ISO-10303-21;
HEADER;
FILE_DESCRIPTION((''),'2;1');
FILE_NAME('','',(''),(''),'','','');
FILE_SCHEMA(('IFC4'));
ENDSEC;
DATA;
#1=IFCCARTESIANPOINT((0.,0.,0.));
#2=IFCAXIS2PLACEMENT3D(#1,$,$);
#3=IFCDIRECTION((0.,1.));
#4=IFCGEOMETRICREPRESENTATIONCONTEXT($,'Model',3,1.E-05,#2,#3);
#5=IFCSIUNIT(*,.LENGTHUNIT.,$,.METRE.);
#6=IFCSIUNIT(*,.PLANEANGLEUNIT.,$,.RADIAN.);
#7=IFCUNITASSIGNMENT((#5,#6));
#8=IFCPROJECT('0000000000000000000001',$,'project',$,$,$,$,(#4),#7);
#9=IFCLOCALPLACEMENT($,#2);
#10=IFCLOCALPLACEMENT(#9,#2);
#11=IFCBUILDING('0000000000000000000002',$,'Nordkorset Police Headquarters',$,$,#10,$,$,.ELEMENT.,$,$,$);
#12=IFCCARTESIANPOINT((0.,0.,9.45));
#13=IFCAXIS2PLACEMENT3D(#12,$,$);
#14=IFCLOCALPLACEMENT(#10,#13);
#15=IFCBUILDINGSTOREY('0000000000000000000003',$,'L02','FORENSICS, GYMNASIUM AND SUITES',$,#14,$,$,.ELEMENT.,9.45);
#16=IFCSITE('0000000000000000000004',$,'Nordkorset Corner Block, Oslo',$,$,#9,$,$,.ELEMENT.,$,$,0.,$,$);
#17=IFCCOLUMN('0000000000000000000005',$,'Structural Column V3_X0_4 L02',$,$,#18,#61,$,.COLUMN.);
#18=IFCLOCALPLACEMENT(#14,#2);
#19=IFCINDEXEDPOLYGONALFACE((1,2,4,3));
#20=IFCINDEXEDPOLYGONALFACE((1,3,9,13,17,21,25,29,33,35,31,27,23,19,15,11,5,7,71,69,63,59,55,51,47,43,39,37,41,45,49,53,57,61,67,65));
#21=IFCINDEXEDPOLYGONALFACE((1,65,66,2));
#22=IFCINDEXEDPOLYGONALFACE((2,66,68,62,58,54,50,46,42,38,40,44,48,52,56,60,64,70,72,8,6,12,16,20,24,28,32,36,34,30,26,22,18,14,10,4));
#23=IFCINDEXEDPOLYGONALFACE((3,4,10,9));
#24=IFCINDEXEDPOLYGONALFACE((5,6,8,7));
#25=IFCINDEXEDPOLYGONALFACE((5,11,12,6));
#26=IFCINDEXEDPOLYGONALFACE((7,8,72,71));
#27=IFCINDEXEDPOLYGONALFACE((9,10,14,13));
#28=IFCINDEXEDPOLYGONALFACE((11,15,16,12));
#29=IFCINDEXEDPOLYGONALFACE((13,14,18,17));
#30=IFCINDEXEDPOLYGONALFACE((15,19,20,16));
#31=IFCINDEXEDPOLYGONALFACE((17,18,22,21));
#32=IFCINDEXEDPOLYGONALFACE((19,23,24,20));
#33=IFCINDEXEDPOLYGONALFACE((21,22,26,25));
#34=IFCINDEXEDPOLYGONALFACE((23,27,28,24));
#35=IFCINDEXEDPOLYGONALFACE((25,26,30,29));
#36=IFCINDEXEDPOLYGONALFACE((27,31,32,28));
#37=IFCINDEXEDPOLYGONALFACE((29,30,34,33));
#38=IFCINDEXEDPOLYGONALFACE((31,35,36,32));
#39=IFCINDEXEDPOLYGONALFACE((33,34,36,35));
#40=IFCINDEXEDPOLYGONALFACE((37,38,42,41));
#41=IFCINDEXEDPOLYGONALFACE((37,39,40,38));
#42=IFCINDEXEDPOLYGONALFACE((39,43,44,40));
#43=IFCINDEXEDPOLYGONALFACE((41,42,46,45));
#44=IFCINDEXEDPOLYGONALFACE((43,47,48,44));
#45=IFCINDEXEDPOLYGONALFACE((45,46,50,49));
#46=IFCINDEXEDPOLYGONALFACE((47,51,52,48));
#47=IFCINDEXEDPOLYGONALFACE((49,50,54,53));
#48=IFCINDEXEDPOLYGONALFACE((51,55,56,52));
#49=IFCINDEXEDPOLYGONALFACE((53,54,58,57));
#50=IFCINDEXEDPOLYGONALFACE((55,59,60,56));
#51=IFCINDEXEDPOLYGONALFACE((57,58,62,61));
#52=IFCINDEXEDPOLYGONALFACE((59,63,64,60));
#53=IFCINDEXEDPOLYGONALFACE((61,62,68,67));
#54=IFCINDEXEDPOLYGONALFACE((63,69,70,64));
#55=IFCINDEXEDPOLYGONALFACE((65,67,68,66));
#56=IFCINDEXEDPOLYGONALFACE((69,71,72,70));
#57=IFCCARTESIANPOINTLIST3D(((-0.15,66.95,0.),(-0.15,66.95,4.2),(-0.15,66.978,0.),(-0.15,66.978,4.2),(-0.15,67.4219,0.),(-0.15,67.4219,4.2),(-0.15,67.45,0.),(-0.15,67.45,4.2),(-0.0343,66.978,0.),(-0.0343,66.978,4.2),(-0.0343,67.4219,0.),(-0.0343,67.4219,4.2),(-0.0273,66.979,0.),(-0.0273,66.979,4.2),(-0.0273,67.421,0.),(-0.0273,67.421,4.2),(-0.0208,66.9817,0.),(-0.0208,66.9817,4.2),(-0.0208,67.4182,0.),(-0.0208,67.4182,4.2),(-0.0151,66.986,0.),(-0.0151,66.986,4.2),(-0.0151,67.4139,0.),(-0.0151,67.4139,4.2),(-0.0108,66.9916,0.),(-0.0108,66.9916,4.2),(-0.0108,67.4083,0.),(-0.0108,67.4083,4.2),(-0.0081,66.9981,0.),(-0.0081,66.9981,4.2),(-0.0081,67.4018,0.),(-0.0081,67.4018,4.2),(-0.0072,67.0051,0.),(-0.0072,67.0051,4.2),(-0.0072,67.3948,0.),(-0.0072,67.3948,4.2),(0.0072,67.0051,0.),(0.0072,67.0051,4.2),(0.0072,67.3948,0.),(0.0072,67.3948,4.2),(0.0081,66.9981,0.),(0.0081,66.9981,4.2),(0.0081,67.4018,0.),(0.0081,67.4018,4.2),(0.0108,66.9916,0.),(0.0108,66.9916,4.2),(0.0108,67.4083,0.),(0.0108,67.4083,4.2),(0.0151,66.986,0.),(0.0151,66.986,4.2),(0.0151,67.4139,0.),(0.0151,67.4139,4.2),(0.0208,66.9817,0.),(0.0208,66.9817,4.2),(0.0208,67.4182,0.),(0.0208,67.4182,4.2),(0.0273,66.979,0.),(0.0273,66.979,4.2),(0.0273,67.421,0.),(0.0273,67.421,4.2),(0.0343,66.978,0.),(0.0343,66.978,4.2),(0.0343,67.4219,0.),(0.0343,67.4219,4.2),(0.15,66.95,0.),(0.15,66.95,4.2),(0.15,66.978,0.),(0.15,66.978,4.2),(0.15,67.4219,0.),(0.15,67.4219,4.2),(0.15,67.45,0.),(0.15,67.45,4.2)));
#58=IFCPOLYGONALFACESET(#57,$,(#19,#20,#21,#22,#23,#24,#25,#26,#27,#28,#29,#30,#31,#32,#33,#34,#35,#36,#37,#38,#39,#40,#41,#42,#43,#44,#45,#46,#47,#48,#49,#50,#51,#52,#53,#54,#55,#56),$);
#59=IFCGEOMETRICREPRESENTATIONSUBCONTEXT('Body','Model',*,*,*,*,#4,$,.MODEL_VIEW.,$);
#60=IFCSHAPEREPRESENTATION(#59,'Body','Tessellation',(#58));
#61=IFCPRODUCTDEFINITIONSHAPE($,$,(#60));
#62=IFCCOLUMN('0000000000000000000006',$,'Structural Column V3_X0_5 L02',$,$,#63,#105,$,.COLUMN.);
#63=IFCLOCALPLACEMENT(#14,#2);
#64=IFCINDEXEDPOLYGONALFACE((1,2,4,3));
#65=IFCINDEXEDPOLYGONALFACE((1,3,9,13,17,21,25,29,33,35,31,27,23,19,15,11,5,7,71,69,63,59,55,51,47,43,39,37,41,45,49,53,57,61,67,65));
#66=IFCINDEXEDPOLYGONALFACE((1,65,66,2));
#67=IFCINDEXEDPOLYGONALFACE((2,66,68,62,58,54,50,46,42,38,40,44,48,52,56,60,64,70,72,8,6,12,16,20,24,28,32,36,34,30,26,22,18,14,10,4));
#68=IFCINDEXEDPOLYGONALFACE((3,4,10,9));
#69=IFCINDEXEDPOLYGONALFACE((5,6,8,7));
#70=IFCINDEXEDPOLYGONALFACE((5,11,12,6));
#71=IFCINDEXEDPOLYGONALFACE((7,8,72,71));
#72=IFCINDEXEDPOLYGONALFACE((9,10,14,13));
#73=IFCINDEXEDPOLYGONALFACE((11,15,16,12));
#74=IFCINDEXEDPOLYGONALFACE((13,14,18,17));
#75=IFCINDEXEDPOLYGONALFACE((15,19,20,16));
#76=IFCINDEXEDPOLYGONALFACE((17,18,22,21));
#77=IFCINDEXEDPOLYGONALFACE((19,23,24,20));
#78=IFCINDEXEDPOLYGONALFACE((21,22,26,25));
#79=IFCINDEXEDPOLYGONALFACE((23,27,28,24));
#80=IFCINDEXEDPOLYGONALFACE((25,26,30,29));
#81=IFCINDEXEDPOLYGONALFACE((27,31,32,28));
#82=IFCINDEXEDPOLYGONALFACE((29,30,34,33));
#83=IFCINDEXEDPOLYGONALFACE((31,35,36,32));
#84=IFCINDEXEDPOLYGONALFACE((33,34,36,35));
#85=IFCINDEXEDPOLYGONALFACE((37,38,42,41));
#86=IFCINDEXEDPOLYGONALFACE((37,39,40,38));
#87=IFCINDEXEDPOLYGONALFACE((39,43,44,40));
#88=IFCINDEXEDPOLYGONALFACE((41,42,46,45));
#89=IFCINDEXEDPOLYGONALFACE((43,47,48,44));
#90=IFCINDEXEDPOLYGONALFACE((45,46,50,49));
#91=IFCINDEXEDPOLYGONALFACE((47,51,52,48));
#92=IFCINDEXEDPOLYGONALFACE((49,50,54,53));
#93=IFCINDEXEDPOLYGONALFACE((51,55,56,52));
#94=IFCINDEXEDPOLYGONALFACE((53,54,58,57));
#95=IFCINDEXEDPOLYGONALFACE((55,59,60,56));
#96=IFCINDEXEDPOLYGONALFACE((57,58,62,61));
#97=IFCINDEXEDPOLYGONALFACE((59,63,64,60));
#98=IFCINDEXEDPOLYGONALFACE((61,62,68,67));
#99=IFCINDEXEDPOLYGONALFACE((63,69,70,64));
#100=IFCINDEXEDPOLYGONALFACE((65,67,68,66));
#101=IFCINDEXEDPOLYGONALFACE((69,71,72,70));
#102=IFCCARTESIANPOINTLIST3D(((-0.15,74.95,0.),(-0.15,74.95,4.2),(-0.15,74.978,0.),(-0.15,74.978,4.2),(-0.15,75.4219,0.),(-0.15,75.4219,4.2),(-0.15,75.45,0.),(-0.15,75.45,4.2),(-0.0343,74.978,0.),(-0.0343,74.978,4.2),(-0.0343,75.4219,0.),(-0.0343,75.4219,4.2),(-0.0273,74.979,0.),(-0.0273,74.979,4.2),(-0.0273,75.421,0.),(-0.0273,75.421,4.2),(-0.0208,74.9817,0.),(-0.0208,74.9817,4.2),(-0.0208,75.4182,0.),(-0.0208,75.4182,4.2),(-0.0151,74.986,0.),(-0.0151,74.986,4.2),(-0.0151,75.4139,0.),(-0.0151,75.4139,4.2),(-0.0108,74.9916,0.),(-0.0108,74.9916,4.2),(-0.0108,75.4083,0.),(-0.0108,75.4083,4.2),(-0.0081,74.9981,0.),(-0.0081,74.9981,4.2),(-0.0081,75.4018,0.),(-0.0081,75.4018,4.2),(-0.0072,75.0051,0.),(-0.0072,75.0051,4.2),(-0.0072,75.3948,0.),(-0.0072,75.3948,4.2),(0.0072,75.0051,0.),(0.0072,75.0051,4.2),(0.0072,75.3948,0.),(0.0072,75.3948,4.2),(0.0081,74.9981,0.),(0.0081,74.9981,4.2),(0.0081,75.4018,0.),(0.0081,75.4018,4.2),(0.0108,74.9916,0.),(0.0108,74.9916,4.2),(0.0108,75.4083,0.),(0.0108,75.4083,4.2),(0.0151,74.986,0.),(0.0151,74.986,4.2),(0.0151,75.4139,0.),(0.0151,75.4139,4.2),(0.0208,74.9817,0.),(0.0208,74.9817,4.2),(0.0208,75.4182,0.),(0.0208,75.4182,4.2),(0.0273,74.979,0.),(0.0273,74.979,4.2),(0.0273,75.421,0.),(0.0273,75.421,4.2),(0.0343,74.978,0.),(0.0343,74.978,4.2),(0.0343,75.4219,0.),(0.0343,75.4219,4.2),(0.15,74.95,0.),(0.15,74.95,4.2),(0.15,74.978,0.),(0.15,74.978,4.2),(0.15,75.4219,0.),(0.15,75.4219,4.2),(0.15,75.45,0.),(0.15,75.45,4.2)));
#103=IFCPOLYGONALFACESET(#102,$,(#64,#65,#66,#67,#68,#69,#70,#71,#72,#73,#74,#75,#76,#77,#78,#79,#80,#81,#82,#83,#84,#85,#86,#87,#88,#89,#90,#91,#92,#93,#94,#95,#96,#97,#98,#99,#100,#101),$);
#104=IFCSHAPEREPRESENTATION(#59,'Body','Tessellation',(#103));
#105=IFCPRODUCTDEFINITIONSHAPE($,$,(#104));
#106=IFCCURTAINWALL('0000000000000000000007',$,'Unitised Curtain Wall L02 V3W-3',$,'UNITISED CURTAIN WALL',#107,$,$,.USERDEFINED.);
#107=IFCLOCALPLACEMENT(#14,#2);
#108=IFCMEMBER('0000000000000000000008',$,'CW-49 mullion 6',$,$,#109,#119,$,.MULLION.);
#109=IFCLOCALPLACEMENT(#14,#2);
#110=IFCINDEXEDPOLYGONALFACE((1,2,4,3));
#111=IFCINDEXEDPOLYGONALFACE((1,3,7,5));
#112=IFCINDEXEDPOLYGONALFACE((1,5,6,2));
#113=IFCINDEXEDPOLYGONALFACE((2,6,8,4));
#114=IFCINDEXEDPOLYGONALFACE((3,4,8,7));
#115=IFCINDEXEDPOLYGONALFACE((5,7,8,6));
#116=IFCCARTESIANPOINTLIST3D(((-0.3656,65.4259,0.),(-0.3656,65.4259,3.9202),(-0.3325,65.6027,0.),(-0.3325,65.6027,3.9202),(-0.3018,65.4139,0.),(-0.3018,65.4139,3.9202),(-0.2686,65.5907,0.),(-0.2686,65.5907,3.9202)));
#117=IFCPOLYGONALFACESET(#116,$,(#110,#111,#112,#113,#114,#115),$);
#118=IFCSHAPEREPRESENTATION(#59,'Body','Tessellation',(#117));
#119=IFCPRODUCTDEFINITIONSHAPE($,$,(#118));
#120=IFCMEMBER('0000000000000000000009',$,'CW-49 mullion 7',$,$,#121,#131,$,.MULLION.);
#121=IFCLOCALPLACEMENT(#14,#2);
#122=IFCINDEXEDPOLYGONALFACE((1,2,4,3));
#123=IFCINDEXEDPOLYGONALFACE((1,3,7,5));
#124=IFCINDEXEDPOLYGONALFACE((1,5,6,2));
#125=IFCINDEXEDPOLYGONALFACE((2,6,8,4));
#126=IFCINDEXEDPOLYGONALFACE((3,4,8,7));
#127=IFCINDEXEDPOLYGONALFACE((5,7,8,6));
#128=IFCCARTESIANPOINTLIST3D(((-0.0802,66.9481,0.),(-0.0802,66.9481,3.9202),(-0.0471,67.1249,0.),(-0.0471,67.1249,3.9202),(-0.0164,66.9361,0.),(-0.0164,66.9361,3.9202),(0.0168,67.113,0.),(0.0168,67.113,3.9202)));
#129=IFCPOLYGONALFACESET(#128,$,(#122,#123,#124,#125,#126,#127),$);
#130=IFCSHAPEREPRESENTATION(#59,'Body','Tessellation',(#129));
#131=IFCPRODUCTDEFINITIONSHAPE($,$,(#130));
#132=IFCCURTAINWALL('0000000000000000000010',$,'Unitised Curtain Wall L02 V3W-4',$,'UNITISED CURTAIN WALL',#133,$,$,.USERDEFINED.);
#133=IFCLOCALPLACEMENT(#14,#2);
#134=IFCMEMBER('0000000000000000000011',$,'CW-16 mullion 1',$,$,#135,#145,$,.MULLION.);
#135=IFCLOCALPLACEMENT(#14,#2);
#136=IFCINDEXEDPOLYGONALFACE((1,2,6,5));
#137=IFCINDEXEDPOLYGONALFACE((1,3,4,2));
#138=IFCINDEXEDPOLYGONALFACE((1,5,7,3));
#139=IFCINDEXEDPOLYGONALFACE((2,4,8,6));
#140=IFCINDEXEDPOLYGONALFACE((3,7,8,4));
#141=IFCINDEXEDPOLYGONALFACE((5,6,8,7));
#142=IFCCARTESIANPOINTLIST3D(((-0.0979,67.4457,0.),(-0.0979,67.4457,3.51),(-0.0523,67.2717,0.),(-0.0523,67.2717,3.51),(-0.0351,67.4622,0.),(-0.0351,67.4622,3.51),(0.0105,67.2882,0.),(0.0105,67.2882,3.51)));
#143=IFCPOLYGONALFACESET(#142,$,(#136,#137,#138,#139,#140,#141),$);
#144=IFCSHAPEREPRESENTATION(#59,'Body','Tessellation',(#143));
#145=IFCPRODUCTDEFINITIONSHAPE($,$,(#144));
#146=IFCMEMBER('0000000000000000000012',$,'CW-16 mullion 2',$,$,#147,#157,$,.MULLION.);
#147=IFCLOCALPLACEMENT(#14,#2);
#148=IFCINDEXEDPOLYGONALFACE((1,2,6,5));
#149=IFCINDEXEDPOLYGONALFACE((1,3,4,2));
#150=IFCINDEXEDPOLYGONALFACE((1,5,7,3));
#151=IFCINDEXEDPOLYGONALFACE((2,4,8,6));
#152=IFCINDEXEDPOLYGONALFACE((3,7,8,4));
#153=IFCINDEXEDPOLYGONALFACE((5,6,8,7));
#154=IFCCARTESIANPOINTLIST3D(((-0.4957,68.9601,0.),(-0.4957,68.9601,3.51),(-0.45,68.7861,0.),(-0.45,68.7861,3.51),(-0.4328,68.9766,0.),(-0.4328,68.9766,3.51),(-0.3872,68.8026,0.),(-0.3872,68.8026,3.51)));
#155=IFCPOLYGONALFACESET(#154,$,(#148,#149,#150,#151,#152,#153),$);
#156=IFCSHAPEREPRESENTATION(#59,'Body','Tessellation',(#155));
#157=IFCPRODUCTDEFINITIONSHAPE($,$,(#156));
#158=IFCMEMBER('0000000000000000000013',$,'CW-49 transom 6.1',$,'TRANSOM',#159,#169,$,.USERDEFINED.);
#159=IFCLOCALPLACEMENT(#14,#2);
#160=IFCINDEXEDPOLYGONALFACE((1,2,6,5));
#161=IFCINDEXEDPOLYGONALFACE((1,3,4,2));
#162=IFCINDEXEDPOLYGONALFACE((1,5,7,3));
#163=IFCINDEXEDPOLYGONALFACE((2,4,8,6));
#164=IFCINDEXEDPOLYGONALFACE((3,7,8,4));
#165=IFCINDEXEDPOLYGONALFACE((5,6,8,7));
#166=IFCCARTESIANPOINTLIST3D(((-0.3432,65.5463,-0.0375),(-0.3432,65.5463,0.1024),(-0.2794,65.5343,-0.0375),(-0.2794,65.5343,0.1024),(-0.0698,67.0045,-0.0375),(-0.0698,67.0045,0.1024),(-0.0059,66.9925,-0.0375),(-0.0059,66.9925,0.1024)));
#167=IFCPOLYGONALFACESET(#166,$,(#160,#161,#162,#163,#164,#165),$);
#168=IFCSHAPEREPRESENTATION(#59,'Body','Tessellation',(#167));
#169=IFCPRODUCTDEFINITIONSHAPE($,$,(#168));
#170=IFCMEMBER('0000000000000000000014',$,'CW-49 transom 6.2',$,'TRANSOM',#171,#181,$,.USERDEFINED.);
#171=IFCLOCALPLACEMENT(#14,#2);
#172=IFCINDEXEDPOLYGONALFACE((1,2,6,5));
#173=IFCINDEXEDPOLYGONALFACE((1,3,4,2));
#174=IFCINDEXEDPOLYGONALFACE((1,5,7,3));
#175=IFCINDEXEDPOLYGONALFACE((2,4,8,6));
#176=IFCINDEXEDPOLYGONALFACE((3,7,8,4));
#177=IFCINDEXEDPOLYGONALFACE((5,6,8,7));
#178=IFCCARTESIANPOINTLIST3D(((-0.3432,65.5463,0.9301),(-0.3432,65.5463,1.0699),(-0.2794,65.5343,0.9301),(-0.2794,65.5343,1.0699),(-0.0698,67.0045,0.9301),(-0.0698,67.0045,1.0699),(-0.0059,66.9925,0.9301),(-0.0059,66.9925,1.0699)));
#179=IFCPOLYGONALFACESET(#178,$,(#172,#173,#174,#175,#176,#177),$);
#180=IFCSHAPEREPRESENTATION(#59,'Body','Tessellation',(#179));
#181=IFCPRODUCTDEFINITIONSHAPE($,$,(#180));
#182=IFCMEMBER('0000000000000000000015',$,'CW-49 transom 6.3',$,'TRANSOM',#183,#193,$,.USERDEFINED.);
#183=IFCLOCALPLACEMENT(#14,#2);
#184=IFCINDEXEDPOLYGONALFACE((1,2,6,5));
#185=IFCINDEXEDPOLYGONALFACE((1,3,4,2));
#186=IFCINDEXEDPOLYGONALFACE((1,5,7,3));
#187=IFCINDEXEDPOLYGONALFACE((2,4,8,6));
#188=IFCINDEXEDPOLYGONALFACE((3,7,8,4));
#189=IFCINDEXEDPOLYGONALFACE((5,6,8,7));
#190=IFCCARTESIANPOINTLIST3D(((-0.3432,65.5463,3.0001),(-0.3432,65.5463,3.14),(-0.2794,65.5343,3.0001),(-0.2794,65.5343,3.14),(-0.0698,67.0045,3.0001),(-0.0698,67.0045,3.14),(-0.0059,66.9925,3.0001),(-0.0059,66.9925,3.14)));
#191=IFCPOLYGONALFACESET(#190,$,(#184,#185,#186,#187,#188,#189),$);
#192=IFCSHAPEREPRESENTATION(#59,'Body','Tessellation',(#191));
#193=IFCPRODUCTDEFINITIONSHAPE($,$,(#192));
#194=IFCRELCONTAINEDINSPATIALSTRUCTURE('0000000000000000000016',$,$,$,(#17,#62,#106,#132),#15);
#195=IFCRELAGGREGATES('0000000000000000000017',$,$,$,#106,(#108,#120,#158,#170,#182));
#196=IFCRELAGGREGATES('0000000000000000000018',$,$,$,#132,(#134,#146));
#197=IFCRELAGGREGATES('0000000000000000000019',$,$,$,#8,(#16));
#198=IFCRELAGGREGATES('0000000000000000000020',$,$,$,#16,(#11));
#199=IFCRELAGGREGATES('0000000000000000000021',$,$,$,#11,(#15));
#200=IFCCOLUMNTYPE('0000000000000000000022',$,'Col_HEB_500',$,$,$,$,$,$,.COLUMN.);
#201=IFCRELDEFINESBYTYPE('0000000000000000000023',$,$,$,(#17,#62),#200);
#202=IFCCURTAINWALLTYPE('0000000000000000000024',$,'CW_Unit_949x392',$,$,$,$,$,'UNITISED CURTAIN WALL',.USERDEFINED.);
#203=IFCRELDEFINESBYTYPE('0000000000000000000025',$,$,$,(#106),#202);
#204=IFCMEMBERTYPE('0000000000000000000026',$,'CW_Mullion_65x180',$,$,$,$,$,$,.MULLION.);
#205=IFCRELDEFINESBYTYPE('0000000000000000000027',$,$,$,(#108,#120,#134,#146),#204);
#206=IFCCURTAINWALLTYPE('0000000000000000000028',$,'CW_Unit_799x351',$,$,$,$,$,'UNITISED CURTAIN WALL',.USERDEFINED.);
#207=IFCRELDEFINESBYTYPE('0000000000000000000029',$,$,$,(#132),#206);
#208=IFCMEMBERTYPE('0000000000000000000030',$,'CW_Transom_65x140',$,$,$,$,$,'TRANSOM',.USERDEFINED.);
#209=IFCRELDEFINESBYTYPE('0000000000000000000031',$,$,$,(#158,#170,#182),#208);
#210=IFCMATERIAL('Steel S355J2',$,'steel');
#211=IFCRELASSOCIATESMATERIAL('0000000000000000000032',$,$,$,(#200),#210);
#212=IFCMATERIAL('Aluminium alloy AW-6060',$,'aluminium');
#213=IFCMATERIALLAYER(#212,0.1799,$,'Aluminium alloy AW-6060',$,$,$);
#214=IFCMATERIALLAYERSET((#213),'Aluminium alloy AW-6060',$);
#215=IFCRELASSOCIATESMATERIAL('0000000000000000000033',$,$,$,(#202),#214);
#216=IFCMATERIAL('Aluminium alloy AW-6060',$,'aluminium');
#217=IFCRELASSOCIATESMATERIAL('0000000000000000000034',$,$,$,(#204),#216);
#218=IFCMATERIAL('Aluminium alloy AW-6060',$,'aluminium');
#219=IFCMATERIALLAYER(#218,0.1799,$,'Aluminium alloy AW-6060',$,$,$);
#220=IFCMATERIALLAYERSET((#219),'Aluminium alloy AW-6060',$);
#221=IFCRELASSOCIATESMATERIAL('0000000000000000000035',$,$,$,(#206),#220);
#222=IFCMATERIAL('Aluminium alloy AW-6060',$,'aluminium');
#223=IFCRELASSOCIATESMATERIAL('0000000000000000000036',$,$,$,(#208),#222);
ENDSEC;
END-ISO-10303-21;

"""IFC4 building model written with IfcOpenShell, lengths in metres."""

from ifc_helpers import new_model, si_unit, direction, frame, origin, origin_2d, place, context, subcontext, project, spatial, rectangle, i_section, extrude, material, layer, layer_set, material_profile, profile_set, type_object, element, aggregate, save


model = new_model("IFC4")

# Units and contexts
model_context = context("Model", 3, precision=1e-05, world=origin(), true_north=direction((0.0, 1.0)))
body_context = subcontext(model_context, "Body", "Model", "MODEL_VIEW")
ifc_project = project(units=[si_unit("LENGTHUNIT", "METRE"), si_unit("PLANEANGLEUNIT", "RADIAN")], contexts=[model_context])

# Site, building, storey
site_placement = place(None, origin())
site = spatial("IfcSite", under=ifc_project, at=site_placement, Name="Nordkorset Corner Block, Oslo", CompositionType="ELEMENT", RefElevation=0.0)
building_placement = place(site_placement, origin())
building = spatial("IfcBuilding", under=site, at=building_placement, Name="Nordkorset Police Headquarters", CompositionType="ELEMENT")
storey_placement = place(building_placement, frame((0.0, 0.0, 9.45)))
storey = spatial("IfcBuildingStorey", under=building, at=storey_placement, Name="L02", Description="FORENSICS, GYMNASIUM AND SUITES", CompositionType="ELEMENT", Elevation=9.45)

# Columns
ifc_material_1 = material(Name="Steel S355J2", Category="steel")
ifc_material_profile_1 = material_profile(ifc_material_1, i_section(OverallWidth=0.3, OverallDepth=0.5, WebThickness=0.0144, FlangeThickness=0.0281, FilletRadius=0.0271, at=origin_2d()), Name="HEB 500")
ifc_profile_set_1 = profile_set([ifc_material_profile_1], Name="Steel S355J2")
column_type = type_object("IfcColumnType", Name="Col_HEB_500", PredefinedType="COLUMN", material=ifc_profile_set_1)
for number, where, z_axis, x_axis, name in (
    (1, (0.0, 67.2, 0.0), (0.0, 0.0, 1.0), (1.0, 0.0, 0.0), "Structural Column V3_X0_4 L02"),
    (2, (0.0, 75.2, 0.0), (0.0, 0.0, 1.0), (1.0, 0.0, 0.0), "Structural Column V3_X0_5 L02"),
):
    element("IfcColumn", number, at=place(storey_placement, frame(where, z_axis=z_axis, x_axis=x_axis)), inside=storey, type_object=column_type, Name=name, PredefinedType="COLUMN", context=body_context, shape_type="SweptSolid", body=[
        extrude(i_section(OverallWidth=0.3, OverallDepth=0.5, WebThickness=0.0144, FlangeThickness=0.0281, FilletRadius=0.0271, at=origin_2d()), origin(), (0.0, 0.0, 1.0), 4.2),
    ])

# Curtain walls, members
ifc_material_2 = material(Name="Aluminium alloy AW-6060", Category="aluminium")
ifc_layer_1 = layer(ifc_material_2, 0.1799, Name="Aluminium alloy AW-6060")
ifc_layer_set_1 = layer_set([ifc_layer_1], Name="Aluminium alloy AW-6060")
curtain_wall_type_1 = type_object("IfcCurtainWallType", Name="CW_Unit_949x392", ElementType="UNITISED CURTAIN WALL", PredefinedType="USERDEFINED", material=ifc_layer_set_1)
curtain_wall_1_placement = place(storey_placement, origin())
curtain_wall_1 = element("IfcCurtainWall", 3, at=curtain_wall_1_placement, inside=storey, type_object=curtain_wall_type_1, Name="Unitised Curtain Wall L02 V3W-3", ObjectType="UNITISED CURTAIN WALL", PredefinedType="USERDEFINED")
ifc_material_3 = material(Name="Aluminium alloy AW-6060", Category="aluminium")
ifc_material_profile_2 = material_profile(ifc_material_3, rectangle(XDim=0.0649, YDim=0.1799, at=origin_2d()), Name="ALU MULL 65x180")
ifc_profile_set_2 = profile_set([ifc_material_profile_2], Name="Aluminium alloy AW-6060")
member_type_1 = type_object("IfcMemberType", Name="CW_Mullion_65x180", PredefinedType="MULLION", material=ifc_profile_set_2)
member_1_placement = place(storey_placement, frame((-0.3171, 65.5083, 0.0), z_axis=(0.0, 0.0, 1.0), x_axis=(-0.982872, 0.184289, 0.0)))
member_1 = element("IfcMember", 4, at=member_1_placement, type_object=member_type_1, Name="CW-49 mullion 6", PredefinedType="MULLION", context=body_context, shape_type="SweptSolid", body=[
    extrude(rectangle(XDim=0.0649, YDim=0.1799, at=origin_2d()), origin(), (0.0, 0.0, 1.0), 3.9202),
])
member_2_placement = place(storey_placement, frame((-0.0317, 67.0305, 0.0), z_axis=(0.0, 0.0, 1.0), x_axis=(-0.982872, 0.184289, 0.0)))
member_2 = element("IfcMember", 5, at=member_2_placement, type_object=member_type_1, Name="CW-49 mullion 7", PredefinedType="MULLION", context=body_context, shape_type="SweptSolid", body=[
    extrude(rectangle(XDim=0.0649, YDim=0.1799, at=origin_2d()), origin(), (0.0, 0.0, 1.0), 3.9202),
])
ifc_material_4 = material(Name="Aluminium alloy AW-6060", Category="aluminium")
ifc_layer_2 = layer(ifc_material_4, 0.1799, Name="Aluminium alloy AW-6060")
ifc_layer_set_2 = layer_set([ifc_layer_2], Name="Aluminium alloy AW-6060")
curtain_wall_type_2 = type_object("IfcCurtainWallType", Name="CW_Unit_799x351", ElementType="UNITISED CURTAIN WALL", PredefinedType="USERDEFINED", material=ifc_layer_set_2)
curtain_wall_2_placement = place(storey_placement, origin())
curtain_wall_2 = element("IfcCurtainWall", 6, at=curtain_wall_2_placement, inside=storey, type_object=curtain_wall_type_2, Name="Unitised Curtain Wall L02 V3W-4", ObjectType="UNITISED CURTAIN WALL", PredefinedType="USERDEFINED")
member_3_placement = place(storey_placement, frame((-0.0437, 67.3669, 0.0), z_axis=(0.0, 0.0, 1.0), x_axis=(-0.967231, -0.253897, 0.0)))
member_3 = element("IfcMember", 7, at=member_3_placement, type_object=member_type_1, Name="CW-16 mullion 1", PredefinedType="MULLION", context=body_context, shape_type="SweptSolid", body=[
    extrude(rectangle(XDim=0.0649, YDim=0.1799, at=origin_2d()), origin(), (0.0, 0.0, 1.0), 3.51),
])
member_4_placement = place(storey_placement, frame((-0.4414, 68.8813, 0.0), z_axis=(0.0, 0.0, 1.0), x_axis=(-0.967231, -0.253897, 0.0)))
member_4 = element("IfcMember", 8, at=member_4_placement, type_object=member_type_1, Name="CW-16 mullion 2", PredefinedType="MULLION", context=body_context, shape_type="SweptSolid", body=[
    extrude(rectangle(XDim=0.0649, YDim=0.1799, at=origin_2d()), origin(), (0.0, 0.0, 1.0), 3.51),
])

# Members
ifc_material_5 = material(Name="Aluminium alloy AW-6060", Category="aluminium")
ifc_material_profile_3 = material_profile(ifc_material_5, rectangle(XDim=0.0649, YDim=0.1399, at=origin_2d()), Name="ALU TRAN 65x140")
ifc_profile_set_3 = profile_set([ifc_material_profile_3], Name="Aluminium alloy AW-6060")
member_type_2 = type_object("IfcMemberType", Name="CW_Transom_65x140", ElementType="TRANSOM", PredefinedType="USERDEFINED", material=ifc_profile_set_3)
member_5_placement = place(storey_placement, frame((-0.3113, 65.5403, 0.0325), z_axis=(0.184298, 0.98287, 0.0), x_axis=(-0.98287, 0.184298, 0.0)))
member_5 = element("IfcMember", 9, at=member_5_placement, type_object=member_type_2, Name="CW-49 transom 6.1", ObjectType="TRANSOM", PredefinedType="USERDEFINED", context=body_context, shape_type="SweptSolid", body=[
    extrude(rectangle(XDim=0.0649, YDim=0.1399, at=origin_2d()), origin(), (0.0, 0.0, 1.0), 1.4836),
])
member_6_placement = place(storey_placement, frame((-0.3113, 65.5403, 1.0), z_axis=(0.184298, 0.98287, 0.0), x_axis=(-0.98287, 0.184298, 0.0)))
member_6 = element("IfcMember", 10, at=member_6_placement, type_object=member_type_2, Name="CW-49 transom 6.2", ObjectType="TRANSOM", PredefinedType="USERDEFINED", context=body_context, shape_type="SweptSolid", body=[
    extrude(rectangle(XDim=0.0649, YDim=0.1399, at=origin_2d()), origin(), (0.0, 0.0, 1.0), 1.4836),
])
member_7_placement = place(storey_placement, frame((-0.3113, 65.5403, 3.0701), z_axis=(0.184298, 0.98287, 0.0), x_axis=(-0.98287, 0.184298, 0.0)))
member_7 = element("IfcMember", 11, at=member_7_placement, type_object=member_type_2, Name="CW-49 transom 6.3", ObjectType="TRANSOM", PredefinedType="USERDEFINED", context=body_context, shape_type="SweptSolid", body=[
    extrude(rectangle(XDim=0.0649, YDim=0.1399, at=origin_2d()), origin(), (0.0, 0.0, 1.0), 1.4836),
])

aggregate(curtain_wall_1, [member_1, member_2, member_5, member_6, member_7])
aggregate(curtain_wall_2, [member_3, member_4])

save(model, "model.ifc")
